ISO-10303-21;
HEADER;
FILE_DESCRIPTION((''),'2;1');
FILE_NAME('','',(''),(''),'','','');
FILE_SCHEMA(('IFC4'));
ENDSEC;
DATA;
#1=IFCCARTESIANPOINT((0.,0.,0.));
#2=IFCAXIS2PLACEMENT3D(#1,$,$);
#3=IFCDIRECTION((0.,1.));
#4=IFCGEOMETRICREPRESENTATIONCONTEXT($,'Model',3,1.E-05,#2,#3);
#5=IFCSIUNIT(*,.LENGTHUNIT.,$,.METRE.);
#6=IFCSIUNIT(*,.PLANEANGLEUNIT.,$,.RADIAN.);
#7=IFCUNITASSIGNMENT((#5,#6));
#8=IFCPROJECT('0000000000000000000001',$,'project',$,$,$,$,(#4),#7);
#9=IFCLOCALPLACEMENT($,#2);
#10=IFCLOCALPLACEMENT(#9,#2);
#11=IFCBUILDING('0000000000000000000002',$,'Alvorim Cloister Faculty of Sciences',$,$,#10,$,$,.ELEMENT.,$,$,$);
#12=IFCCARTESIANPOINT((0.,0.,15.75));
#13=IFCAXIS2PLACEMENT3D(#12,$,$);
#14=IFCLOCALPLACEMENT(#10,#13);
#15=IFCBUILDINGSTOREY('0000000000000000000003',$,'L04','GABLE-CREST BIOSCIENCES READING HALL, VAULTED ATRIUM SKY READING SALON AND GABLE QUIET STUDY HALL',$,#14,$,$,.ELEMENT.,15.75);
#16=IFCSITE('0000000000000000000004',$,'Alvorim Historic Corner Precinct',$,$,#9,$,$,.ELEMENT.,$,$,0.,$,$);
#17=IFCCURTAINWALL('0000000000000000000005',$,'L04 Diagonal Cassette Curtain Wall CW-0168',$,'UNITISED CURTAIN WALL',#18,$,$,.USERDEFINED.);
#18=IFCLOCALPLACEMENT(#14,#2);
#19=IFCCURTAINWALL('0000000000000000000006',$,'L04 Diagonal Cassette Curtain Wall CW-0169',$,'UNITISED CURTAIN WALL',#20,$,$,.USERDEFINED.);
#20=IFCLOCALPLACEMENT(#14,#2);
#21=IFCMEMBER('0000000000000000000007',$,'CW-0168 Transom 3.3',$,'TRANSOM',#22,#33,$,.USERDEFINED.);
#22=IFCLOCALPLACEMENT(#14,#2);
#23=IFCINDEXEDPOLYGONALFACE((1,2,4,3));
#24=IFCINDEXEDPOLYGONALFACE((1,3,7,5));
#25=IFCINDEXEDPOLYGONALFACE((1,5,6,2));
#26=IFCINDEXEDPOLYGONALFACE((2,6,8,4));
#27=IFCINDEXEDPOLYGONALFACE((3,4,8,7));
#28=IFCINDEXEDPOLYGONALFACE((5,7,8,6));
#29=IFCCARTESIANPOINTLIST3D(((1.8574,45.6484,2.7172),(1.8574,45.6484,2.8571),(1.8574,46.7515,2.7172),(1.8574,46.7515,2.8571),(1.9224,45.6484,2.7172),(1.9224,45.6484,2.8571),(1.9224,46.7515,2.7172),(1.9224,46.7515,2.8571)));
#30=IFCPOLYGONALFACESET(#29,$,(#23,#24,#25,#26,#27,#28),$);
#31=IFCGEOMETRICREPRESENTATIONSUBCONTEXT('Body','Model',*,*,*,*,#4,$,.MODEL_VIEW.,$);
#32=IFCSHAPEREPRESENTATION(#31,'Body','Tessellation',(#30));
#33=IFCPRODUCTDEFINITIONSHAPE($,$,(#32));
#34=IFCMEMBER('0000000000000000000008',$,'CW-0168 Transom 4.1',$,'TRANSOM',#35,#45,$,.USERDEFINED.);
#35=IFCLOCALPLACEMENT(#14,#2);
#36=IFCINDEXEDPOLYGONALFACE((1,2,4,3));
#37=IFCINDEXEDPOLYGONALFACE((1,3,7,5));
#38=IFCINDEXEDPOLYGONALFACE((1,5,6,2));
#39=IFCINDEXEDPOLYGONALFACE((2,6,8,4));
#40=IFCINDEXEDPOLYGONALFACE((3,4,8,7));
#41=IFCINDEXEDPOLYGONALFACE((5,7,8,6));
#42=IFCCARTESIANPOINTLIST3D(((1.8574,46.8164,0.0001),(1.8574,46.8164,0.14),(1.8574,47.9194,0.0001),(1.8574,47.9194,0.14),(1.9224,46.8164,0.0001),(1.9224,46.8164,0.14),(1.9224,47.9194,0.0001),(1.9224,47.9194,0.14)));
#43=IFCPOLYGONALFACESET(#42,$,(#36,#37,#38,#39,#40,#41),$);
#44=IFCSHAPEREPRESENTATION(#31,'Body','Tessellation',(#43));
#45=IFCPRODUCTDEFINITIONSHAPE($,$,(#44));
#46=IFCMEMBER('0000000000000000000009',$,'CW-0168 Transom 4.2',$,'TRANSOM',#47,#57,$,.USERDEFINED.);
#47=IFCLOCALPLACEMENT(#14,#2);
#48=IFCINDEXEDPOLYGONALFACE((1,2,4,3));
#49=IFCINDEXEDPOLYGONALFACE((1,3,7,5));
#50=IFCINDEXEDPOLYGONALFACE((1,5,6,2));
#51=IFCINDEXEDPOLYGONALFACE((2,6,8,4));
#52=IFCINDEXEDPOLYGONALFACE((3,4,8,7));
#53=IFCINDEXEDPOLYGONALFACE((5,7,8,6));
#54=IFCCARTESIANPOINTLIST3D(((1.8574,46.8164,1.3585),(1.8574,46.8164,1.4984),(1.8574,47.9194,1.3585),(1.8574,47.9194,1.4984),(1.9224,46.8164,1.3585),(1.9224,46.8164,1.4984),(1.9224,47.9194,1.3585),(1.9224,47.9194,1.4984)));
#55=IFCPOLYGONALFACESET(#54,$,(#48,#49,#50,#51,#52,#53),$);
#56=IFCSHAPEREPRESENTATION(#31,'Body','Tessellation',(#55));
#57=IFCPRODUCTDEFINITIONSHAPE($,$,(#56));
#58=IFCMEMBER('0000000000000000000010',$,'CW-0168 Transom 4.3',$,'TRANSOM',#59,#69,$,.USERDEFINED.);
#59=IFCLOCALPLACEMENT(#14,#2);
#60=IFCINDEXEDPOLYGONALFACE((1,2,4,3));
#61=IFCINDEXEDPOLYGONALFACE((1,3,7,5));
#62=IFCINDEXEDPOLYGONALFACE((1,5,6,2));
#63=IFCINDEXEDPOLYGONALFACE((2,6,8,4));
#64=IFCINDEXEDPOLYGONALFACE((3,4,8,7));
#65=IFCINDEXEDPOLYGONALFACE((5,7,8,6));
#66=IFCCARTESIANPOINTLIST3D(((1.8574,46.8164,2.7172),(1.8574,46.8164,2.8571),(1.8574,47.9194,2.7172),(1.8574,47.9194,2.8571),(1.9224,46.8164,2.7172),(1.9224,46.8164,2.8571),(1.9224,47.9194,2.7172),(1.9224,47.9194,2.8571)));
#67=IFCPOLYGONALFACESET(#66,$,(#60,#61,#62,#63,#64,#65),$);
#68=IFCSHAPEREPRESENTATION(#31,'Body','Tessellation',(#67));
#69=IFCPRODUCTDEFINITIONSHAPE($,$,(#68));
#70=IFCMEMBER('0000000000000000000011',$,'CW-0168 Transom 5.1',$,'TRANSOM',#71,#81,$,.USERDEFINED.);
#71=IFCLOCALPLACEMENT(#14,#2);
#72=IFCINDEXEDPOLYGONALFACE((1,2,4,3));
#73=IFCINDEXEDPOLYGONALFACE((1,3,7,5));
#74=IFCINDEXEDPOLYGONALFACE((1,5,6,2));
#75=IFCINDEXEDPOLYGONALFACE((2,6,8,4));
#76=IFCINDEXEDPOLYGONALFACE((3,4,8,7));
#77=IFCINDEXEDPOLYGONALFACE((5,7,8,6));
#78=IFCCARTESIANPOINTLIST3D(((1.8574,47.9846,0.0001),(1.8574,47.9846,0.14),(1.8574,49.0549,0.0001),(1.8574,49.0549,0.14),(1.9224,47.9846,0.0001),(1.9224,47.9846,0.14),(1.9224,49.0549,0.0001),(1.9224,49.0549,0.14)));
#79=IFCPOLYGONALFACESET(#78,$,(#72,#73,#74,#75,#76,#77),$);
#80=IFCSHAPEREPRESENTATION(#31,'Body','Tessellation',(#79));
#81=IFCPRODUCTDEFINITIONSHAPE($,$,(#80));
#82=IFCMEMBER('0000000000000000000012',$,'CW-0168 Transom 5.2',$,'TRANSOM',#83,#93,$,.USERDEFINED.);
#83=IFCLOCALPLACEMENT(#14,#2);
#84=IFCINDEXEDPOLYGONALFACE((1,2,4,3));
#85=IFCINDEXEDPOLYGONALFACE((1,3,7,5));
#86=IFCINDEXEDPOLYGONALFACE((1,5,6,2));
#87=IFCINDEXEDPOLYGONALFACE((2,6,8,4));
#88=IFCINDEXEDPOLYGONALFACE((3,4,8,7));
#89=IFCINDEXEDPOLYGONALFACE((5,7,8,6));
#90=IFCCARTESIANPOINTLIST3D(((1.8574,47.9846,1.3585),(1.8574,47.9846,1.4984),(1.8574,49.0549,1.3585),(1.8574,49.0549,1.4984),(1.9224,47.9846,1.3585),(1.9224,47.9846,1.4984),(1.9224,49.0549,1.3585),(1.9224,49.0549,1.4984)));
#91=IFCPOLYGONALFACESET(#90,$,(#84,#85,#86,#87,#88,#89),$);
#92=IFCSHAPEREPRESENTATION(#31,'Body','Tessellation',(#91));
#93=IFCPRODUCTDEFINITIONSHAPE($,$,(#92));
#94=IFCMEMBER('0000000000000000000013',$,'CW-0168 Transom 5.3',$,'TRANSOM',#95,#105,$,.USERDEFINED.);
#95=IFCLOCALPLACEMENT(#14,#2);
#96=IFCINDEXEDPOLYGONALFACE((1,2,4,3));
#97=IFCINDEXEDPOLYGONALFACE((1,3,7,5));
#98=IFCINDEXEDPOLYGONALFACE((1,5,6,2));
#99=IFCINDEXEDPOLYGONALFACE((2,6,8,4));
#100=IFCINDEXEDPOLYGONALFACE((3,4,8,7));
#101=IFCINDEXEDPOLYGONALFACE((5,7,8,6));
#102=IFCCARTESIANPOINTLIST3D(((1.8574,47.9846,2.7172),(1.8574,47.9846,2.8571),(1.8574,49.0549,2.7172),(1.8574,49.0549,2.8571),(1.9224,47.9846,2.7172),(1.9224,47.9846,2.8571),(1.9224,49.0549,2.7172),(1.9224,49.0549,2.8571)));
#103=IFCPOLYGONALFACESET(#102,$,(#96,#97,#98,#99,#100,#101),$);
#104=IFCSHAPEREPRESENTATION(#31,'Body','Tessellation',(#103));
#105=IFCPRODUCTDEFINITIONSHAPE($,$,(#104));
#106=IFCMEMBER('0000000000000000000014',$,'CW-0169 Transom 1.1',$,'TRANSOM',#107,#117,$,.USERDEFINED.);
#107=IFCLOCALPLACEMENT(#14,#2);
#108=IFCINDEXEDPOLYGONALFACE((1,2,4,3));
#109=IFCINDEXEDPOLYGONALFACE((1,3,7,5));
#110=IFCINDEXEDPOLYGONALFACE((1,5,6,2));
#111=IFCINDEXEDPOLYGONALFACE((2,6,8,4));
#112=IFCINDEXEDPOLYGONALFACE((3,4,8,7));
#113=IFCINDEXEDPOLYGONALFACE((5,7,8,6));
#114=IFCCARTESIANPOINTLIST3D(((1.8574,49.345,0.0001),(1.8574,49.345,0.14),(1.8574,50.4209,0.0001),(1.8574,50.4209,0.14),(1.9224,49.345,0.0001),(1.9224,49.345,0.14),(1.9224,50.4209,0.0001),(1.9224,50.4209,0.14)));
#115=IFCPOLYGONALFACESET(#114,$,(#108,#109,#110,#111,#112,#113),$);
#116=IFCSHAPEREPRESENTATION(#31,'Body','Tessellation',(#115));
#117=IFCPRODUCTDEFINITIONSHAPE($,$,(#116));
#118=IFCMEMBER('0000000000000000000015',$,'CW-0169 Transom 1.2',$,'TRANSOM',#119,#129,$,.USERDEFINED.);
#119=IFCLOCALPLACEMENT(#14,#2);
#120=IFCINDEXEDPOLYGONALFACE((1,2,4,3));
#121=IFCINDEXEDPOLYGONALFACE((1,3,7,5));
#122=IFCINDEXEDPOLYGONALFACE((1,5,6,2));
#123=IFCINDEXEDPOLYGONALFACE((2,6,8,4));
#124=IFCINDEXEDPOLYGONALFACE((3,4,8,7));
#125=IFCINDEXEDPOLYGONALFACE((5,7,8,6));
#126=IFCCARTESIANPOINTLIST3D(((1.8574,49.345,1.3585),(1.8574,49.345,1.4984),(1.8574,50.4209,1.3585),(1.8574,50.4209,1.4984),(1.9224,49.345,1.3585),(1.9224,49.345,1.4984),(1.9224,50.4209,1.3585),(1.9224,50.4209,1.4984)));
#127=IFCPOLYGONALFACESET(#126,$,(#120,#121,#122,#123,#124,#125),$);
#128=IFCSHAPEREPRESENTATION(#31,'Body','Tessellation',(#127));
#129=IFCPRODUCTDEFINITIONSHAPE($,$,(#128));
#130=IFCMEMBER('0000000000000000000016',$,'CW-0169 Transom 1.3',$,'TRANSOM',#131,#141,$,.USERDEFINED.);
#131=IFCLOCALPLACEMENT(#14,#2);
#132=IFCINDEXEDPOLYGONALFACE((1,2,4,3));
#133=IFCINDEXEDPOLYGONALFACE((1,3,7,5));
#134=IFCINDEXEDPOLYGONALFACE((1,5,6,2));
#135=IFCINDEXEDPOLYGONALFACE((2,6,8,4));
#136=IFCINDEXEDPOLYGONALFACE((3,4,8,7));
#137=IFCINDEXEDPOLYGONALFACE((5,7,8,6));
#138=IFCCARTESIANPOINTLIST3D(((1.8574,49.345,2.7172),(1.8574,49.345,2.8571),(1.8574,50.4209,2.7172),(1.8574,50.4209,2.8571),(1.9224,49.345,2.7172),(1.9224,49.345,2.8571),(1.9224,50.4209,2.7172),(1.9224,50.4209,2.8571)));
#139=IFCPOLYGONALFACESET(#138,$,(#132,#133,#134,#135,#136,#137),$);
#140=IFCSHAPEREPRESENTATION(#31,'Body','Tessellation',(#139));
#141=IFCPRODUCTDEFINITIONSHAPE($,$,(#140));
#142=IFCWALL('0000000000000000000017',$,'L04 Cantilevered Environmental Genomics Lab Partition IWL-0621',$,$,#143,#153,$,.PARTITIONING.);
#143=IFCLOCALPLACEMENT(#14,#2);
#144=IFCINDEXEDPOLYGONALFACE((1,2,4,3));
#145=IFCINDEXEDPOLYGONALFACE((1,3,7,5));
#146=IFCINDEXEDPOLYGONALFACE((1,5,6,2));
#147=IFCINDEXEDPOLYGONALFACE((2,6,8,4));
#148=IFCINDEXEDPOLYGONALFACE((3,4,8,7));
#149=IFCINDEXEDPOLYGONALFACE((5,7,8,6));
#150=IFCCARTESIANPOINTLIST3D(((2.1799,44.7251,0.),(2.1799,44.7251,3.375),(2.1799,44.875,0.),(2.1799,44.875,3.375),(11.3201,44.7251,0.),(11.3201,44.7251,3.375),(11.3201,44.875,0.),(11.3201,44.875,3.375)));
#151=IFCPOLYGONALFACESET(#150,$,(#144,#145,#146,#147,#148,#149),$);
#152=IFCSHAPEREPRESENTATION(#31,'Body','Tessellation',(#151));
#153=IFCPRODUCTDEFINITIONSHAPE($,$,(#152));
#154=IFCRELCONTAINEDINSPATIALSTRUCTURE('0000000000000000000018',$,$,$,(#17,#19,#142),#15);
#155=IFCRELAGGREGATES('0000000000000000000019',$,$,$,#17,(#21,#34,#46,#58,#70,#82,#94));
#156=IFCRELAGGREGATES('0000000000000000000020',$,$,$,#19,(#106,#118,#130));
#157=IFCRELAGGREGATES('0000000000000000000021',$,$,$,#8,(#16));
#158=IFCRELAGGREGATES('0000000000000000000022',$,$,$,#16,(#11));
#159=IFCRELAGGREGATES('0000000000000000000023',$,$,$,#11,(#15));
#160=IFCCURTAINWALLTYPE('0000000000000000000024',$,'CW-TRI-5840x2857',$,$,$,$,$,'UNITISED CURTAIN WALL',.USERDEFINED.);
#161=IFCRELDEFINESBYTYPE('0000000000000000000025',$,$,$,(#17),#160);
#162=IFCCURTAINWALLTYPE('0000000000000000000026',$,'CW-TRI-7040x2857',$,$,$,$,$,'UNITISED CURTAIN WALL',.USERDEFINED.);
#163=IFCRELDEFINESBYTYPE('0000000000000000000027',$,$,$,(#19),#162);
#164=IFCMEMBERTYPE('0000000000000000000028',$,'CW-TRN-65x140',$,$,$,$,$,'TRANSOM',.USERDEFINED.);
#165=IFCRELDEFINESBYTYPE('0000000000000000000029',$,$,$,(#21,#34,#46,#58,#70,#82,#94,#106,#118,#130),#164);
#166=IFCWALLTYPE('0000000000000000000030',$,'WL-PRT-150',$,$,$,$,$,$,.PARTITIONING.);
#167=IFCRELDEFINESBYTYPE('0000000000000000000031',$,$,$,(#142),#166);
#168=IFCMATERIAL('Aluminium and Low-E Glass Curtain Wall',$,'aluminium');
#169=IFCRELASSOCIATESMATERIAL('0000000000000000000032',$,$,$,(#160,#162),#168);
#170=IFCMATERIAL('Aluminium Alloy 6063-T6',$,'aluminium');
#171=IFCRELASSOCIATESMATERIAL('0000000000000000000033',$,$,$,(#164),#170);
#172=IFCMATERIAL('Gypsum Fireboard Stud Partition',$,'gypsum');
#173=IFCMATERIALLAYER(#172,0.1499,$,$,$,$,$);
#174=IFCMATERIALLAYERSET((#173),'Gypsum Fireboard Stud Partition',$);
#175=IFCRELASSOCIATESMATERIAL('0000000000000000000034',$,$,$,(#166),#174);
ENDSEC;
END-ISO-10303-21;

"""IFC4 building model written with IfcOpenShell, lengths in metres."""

from ifc_helpers import new_model, si_unit, direction, frame, frame_2d, origin, origin_2d, place, context, subcontext, project, spatial, rectangle, extrude, material, layer, layer_set, material_profile, profile_set, type_object, element, aggregate, save


model = new_model("IFC4")

# Units and contexts
model_context = context("Model", 3, precision=1e-05, world=origin(), true_north=direction((0.0, 1.0)))
body_context = subcontext(model_context, "Body", "Model", "MODEL_VIEW")
ifc_project = project(units=[si_unit("LENGTHUNIT", "METRE"), si_unit("PLANEANGLEUNIT", "RADIAN")], contexts=[model_context])

# Site, building, storey
site_placement = place(None, origin())
site = spatial("IfcSite", under=ifc_project, at=site_placement, Name="Alvorim Historic Corner Precinct", CompositionType="ELEMENT", RefElevation=0.0)
building_placement = place(site_placement, origin())
building = spatial("IfcBuilding", under=site, at=building_placement, Name="Alvorim Cloister Faculty of Sciences", CompositionType="ELEMENT")
storey_placement = place(building_placement, frame((0.0, 0.0, 15.75)))
storey = spatial("IfcBuildingStorey", under=building, at=storey_placement, Name="L04", Description="GABLE-CREST BIOSCIENCES READING HALL, VAULTED ATRIUM SKY READING SALON AND GABLE QUIET STUDY HALL", CompositionType="ELEMENT", Elevation=15.75)

# Curtain wall
ifc_material_1 = material(Name="Aluminium and Low-E Glass Curtain Wall", Category="aluminium")
curtain_wall_type_1 = type_object("IfcCurtainWallType", Name="CW-TRI-5840x2857", ElementType="UNITISED CURTAIN WALL", PredefinedType="USERDEFINED", material=ifc_material_1)
curtain_wall_1_placement = place(storey_placement, origin())
curtain_wall_1 = element("IfcCurtainWall", 1, at=curtain_wall_1_placement, inside=storey, type_object=curtain_wall_type_1, Name="L04 Diagonal Cassette Curtain Wall CW-0168", ObjectType="UNITISED CURTAIN WALL", PredefinedType="USERDEFINED")
ifc_material_2 = material(Name="Aluminium Alloy 6063-T6", Category="aluminium")

# Curtain wall
curtain_wall_type_2 = type_object("IfcCurtainWallType", Name="CW-TRI-7040x2857", ElementType="UNITISED CURTAIN WALL", PredefinedType="USERDEFINED", material=ifc_material_1)
curtain_wall_2_placement = place(storey_placement, origin())
curtain_wall_2 = element("IfcCurtainWall", 2, at=curtain_wall_2_placement, inside=storey, type_object=curtain_wall_type_2, Name="L04 Diagonal Cassette Curtain Wall CW-0169", ObjectType="UNITISED CURTAIN WALL", PredefinedType="USERDEFINED")

# Members
ifc_material_profile_1 = material_profile(ifc_material_2, rectangle(XDim=0.0649, YDim=0.1399, at=origin_2d()), Name="ALU-TRN-65x140")
ifc_profile_set_1 = profile_set([ifc_material_profile_1], Name="Aluminium Alloy 6063-T6")
member_type_1 = type_object("IfcMemberType", Name="CW-TRN-65x140", ElementType="TRANSOM", PredefinedType="USERDEFINED", material=ifc_profile_set_1)
member_1_placement = place(storey_placement, frame((1.8899, 45.6484, 2.7871), z_axis=(0.0, 1.0, 0.0), x_axis=(-1.0, 0.0, 0.0)))
member_1 = element("IfcMember", 3, at=member_1_placement, type_object=member_type_1, Name="CW-0168 Transom 3.3", ObjectType="TRANSOM", PredefinedType="USERDEFINED", context=body_context, shape_type="SweptSolid", body=[
    extrude(rectangle(XDim=0.0649, YDim=0.1399, at=origin_2d()), origin(), (0.0, 0.0, 1.0), 1.103),
])
member_2_placement = place(storey_placement, frame((1.8899, 46.8164, 0.0701), z_axis=(0.0, 1.0, 0.0), x_axis=(-1.0, 0.0, 0.0)))
member_2 = element("IfcMember", 4, at=member_2_placement, type_object=member_type_1, Name="CW-0168 Transom 4.1", ObjectType="TRANSOM", PredefinedType="USERDEFINED", context=body_context, shape_type="SweptSolid", body=[
    extrude(rectangle(XDim=0.0649, YDim=0.1399, at=origin_2d()), origin(), (0.0, 0.0, 1.0), 1.103),
])
member_3_placement = place(storey_placement, frame((1.8899, 46.8164, 1.4285), z_axis=(0.0, 1.0, 0.0), x_axis=(-1.0, 0.0, 0.0)))
member_3 = element("IfcMember", 5, at=member_3_placement, type_object=member_type_1, Name="CW-0168 Transom 4.2", ObjectType="TRANSOM", PredefinedType="USERDEFINED", context=body_context, shape_type="SweptSolid", body=[
    extrude(rectangle(XDim=0.0649, YDim=0.1399, at=origin_2d()), origin(), (0.0, 0.0, 1.0), 1.103),
])
member_4_placement = place(storey_placement, frame((1.8899, 46.8164, 2.7871), z_axis=(0.0, 1.0, 0.0), x_axis=(-1.0, 0.0, 0.0)))
member_4 = element("IfcMember", 6, at=member_4_placement, type_object=member_type_1, Name="CW-0168 Transom 4.3", ObjectType="TRANSOM", PredefinedType="USERDEFINED", context=body_context, shape_type="SweptSolid", body=[
    extrude(rectangle(XDim=0.0649, YDim=0.1399, at=origin_2d()), origin(), (0.0, 0.0, 1.0), 1.103),
])
member_5_placement = place(storey_placement, frame((1.8899, 47.9846, 0.0701), z_axis=(0.0, 1.0, 0.0), x_axis=(-1.0, 0.0, 0.0)))
member_5 = element("IfcMember", 7, at=member_5_placement, type_object=member_type_1, Name="CW-0168 Transom 5.1", ObjectType="TRANSOM", PredefinedType="USERDEFINED", context=body_context, shape_type="SweptSolid", body=[
    extrude(rectangle(XDim=0.0649, YDim=0.1399, at=origin_2d()), origin(), (0.0, 0.0, 1.0), 1.0703),
])
member_6_placement = place(storey_placement, frame((1.8899, 47.9846, 1.4285), z_axis=(0.0, 1.0, 0.0), x_axis=(-1.0, 0.0, 0.0)))
member_6 = element("IfcMember", 8, at=member_6_placement, type_object=member_type_1, Name="CW-0168 Transom 5.2", ObjectType="TRANSOM", PredefinedType="USERDEFINED", context=body_context, shape_type="SweptSolid", body=[
    extrude(rectangle(XDim=0.0649, YDim=0.1399, at=origin_2d()), origin(), (0.0, 0.0, 1.0), 1.0703),
])
member_7_placement = place(storey_placement, frame((1.8899, 47.9846, 2.7871), z_axis=(0.0, 1.0, 0.0), x_axis=(-1.0, 0.0, 0.0)))
member_7 = element("IfcMember", 9, at=member_7_placement, type_object=member_type_1, Name="CW-0168 Transom 5.3", ObjectType="TRANSOM", PredefinedType="USERDEFINED", context=body_context, shape_type="SweptSolid", body=[
    extrude(rectangle(XDim=0.0649, YDim=0.1399, at=origin_2d()), origin(), (0.0, 0.0, 1.0), 1.0703),
])
aggregate(curtain_wall_1, [member_1, member_2, member_3, member_4, member_5, member_6, member_7])
member_8_placement = place(storey_placement, frame((1.8899, 49.345, 0.0701), z_axis=(0.0, 1.0, 0.0), x_axis=(-1.0, 0.0, 0.0)))
member_8 = element("IfcMember", 10, at=member_8_placement, type_object=member_type_1, Name="CW-0169 Transom 1.1", ObjectType="TRANSOM", PredefinedType="USERDEFINED", context=body_context, shape_type="SweptSolid", body=[
    extrude(rectangle(XDim=0.0649, YDim=0.1399, at=origin_2d()), origin(), (0.0, 0.0, 1.0), 1.0759),
])
member_9_placement = place(storey_placement, frame((1.8899, 49.345, 1.4285), z_axis=(0.0, 1.0, 0.0), x_axis=(-1.0, 0.0, 0.0)))
member_9 = element("IfcMember", 11, at=member_9_placement, type_object=member_type_1, Name="CW-0169 Transom 1.2", ObjectType="TRANSOM", PredefinedType="USERDEFINED", context=body_context, shape_type="SweptSolid", body=[
    extrude(rectangle(XDim=0.0649, YDim=0.1399, at=origin_2d()), origin(), (0.0, 0.0, 1.0), 1.0759),
])
member_10_placement = place(storey_placement, frame((1.8899, 49.345, 2.7871), z_axis=(0.0, 1.0, 0.0), x_axis=(-1.0, 0.0, 0.0)))
member_10 = element("IfcMember", 12, at=member_10_placement, type_object=member_type_1, Name="CW-0169 Transom 1.3", ObjectType="TRANSOM", PredefinedType="USERDEFINED", context=body_context, shape_type="SweptSolid", body=[
    extrude(rectangle(XDim=0.0649, YDim=0.1399, at=origin_2d()), origin(), (0.0, 0.0, 1.0), 1.0759),
])
aggregate(curtain_wall_2, [member_8, member_9, member_10])

# Wall
ifc_material_3 = material(Name="Gypsum Fireboard Stud Partition", Category="gypsum")
ifc_layer = layer(ifc_material_3, 0.1499)
ifc_layer_set = layer_set([ifc_layer], Name="Gypsum Fireboard Stud Partition")
wall_type = type_object("IfcWallType", Name="WL-PRT-150", PredefinedType="PARTITIONING", material=ifc_layer_set)
wall_placement = place(storey_placement, frame((2.1799, 44.8, 0.0), z_axis=(0.0, 0.0, 1.0), x_axis=(1.0, 0.0, 0.0)))
element("IfcWall", 13, at=wall_placement, inside=storey, type_object=wall_type, Name="L04 Cantilevered Environmental Genomics Lab Partition IWL-0621", PredefinedType="PARTITIONING", context=body_context, shape_type="SweptSolid", body=[
    extrude(rectangle(XDim=9.1401, YDim=0.1499, at=frame_2d((4.5701, 0.0))), origin(), (0.0, 0.0, 1.0), 3.375),
])

save(model, "model.ifc")
